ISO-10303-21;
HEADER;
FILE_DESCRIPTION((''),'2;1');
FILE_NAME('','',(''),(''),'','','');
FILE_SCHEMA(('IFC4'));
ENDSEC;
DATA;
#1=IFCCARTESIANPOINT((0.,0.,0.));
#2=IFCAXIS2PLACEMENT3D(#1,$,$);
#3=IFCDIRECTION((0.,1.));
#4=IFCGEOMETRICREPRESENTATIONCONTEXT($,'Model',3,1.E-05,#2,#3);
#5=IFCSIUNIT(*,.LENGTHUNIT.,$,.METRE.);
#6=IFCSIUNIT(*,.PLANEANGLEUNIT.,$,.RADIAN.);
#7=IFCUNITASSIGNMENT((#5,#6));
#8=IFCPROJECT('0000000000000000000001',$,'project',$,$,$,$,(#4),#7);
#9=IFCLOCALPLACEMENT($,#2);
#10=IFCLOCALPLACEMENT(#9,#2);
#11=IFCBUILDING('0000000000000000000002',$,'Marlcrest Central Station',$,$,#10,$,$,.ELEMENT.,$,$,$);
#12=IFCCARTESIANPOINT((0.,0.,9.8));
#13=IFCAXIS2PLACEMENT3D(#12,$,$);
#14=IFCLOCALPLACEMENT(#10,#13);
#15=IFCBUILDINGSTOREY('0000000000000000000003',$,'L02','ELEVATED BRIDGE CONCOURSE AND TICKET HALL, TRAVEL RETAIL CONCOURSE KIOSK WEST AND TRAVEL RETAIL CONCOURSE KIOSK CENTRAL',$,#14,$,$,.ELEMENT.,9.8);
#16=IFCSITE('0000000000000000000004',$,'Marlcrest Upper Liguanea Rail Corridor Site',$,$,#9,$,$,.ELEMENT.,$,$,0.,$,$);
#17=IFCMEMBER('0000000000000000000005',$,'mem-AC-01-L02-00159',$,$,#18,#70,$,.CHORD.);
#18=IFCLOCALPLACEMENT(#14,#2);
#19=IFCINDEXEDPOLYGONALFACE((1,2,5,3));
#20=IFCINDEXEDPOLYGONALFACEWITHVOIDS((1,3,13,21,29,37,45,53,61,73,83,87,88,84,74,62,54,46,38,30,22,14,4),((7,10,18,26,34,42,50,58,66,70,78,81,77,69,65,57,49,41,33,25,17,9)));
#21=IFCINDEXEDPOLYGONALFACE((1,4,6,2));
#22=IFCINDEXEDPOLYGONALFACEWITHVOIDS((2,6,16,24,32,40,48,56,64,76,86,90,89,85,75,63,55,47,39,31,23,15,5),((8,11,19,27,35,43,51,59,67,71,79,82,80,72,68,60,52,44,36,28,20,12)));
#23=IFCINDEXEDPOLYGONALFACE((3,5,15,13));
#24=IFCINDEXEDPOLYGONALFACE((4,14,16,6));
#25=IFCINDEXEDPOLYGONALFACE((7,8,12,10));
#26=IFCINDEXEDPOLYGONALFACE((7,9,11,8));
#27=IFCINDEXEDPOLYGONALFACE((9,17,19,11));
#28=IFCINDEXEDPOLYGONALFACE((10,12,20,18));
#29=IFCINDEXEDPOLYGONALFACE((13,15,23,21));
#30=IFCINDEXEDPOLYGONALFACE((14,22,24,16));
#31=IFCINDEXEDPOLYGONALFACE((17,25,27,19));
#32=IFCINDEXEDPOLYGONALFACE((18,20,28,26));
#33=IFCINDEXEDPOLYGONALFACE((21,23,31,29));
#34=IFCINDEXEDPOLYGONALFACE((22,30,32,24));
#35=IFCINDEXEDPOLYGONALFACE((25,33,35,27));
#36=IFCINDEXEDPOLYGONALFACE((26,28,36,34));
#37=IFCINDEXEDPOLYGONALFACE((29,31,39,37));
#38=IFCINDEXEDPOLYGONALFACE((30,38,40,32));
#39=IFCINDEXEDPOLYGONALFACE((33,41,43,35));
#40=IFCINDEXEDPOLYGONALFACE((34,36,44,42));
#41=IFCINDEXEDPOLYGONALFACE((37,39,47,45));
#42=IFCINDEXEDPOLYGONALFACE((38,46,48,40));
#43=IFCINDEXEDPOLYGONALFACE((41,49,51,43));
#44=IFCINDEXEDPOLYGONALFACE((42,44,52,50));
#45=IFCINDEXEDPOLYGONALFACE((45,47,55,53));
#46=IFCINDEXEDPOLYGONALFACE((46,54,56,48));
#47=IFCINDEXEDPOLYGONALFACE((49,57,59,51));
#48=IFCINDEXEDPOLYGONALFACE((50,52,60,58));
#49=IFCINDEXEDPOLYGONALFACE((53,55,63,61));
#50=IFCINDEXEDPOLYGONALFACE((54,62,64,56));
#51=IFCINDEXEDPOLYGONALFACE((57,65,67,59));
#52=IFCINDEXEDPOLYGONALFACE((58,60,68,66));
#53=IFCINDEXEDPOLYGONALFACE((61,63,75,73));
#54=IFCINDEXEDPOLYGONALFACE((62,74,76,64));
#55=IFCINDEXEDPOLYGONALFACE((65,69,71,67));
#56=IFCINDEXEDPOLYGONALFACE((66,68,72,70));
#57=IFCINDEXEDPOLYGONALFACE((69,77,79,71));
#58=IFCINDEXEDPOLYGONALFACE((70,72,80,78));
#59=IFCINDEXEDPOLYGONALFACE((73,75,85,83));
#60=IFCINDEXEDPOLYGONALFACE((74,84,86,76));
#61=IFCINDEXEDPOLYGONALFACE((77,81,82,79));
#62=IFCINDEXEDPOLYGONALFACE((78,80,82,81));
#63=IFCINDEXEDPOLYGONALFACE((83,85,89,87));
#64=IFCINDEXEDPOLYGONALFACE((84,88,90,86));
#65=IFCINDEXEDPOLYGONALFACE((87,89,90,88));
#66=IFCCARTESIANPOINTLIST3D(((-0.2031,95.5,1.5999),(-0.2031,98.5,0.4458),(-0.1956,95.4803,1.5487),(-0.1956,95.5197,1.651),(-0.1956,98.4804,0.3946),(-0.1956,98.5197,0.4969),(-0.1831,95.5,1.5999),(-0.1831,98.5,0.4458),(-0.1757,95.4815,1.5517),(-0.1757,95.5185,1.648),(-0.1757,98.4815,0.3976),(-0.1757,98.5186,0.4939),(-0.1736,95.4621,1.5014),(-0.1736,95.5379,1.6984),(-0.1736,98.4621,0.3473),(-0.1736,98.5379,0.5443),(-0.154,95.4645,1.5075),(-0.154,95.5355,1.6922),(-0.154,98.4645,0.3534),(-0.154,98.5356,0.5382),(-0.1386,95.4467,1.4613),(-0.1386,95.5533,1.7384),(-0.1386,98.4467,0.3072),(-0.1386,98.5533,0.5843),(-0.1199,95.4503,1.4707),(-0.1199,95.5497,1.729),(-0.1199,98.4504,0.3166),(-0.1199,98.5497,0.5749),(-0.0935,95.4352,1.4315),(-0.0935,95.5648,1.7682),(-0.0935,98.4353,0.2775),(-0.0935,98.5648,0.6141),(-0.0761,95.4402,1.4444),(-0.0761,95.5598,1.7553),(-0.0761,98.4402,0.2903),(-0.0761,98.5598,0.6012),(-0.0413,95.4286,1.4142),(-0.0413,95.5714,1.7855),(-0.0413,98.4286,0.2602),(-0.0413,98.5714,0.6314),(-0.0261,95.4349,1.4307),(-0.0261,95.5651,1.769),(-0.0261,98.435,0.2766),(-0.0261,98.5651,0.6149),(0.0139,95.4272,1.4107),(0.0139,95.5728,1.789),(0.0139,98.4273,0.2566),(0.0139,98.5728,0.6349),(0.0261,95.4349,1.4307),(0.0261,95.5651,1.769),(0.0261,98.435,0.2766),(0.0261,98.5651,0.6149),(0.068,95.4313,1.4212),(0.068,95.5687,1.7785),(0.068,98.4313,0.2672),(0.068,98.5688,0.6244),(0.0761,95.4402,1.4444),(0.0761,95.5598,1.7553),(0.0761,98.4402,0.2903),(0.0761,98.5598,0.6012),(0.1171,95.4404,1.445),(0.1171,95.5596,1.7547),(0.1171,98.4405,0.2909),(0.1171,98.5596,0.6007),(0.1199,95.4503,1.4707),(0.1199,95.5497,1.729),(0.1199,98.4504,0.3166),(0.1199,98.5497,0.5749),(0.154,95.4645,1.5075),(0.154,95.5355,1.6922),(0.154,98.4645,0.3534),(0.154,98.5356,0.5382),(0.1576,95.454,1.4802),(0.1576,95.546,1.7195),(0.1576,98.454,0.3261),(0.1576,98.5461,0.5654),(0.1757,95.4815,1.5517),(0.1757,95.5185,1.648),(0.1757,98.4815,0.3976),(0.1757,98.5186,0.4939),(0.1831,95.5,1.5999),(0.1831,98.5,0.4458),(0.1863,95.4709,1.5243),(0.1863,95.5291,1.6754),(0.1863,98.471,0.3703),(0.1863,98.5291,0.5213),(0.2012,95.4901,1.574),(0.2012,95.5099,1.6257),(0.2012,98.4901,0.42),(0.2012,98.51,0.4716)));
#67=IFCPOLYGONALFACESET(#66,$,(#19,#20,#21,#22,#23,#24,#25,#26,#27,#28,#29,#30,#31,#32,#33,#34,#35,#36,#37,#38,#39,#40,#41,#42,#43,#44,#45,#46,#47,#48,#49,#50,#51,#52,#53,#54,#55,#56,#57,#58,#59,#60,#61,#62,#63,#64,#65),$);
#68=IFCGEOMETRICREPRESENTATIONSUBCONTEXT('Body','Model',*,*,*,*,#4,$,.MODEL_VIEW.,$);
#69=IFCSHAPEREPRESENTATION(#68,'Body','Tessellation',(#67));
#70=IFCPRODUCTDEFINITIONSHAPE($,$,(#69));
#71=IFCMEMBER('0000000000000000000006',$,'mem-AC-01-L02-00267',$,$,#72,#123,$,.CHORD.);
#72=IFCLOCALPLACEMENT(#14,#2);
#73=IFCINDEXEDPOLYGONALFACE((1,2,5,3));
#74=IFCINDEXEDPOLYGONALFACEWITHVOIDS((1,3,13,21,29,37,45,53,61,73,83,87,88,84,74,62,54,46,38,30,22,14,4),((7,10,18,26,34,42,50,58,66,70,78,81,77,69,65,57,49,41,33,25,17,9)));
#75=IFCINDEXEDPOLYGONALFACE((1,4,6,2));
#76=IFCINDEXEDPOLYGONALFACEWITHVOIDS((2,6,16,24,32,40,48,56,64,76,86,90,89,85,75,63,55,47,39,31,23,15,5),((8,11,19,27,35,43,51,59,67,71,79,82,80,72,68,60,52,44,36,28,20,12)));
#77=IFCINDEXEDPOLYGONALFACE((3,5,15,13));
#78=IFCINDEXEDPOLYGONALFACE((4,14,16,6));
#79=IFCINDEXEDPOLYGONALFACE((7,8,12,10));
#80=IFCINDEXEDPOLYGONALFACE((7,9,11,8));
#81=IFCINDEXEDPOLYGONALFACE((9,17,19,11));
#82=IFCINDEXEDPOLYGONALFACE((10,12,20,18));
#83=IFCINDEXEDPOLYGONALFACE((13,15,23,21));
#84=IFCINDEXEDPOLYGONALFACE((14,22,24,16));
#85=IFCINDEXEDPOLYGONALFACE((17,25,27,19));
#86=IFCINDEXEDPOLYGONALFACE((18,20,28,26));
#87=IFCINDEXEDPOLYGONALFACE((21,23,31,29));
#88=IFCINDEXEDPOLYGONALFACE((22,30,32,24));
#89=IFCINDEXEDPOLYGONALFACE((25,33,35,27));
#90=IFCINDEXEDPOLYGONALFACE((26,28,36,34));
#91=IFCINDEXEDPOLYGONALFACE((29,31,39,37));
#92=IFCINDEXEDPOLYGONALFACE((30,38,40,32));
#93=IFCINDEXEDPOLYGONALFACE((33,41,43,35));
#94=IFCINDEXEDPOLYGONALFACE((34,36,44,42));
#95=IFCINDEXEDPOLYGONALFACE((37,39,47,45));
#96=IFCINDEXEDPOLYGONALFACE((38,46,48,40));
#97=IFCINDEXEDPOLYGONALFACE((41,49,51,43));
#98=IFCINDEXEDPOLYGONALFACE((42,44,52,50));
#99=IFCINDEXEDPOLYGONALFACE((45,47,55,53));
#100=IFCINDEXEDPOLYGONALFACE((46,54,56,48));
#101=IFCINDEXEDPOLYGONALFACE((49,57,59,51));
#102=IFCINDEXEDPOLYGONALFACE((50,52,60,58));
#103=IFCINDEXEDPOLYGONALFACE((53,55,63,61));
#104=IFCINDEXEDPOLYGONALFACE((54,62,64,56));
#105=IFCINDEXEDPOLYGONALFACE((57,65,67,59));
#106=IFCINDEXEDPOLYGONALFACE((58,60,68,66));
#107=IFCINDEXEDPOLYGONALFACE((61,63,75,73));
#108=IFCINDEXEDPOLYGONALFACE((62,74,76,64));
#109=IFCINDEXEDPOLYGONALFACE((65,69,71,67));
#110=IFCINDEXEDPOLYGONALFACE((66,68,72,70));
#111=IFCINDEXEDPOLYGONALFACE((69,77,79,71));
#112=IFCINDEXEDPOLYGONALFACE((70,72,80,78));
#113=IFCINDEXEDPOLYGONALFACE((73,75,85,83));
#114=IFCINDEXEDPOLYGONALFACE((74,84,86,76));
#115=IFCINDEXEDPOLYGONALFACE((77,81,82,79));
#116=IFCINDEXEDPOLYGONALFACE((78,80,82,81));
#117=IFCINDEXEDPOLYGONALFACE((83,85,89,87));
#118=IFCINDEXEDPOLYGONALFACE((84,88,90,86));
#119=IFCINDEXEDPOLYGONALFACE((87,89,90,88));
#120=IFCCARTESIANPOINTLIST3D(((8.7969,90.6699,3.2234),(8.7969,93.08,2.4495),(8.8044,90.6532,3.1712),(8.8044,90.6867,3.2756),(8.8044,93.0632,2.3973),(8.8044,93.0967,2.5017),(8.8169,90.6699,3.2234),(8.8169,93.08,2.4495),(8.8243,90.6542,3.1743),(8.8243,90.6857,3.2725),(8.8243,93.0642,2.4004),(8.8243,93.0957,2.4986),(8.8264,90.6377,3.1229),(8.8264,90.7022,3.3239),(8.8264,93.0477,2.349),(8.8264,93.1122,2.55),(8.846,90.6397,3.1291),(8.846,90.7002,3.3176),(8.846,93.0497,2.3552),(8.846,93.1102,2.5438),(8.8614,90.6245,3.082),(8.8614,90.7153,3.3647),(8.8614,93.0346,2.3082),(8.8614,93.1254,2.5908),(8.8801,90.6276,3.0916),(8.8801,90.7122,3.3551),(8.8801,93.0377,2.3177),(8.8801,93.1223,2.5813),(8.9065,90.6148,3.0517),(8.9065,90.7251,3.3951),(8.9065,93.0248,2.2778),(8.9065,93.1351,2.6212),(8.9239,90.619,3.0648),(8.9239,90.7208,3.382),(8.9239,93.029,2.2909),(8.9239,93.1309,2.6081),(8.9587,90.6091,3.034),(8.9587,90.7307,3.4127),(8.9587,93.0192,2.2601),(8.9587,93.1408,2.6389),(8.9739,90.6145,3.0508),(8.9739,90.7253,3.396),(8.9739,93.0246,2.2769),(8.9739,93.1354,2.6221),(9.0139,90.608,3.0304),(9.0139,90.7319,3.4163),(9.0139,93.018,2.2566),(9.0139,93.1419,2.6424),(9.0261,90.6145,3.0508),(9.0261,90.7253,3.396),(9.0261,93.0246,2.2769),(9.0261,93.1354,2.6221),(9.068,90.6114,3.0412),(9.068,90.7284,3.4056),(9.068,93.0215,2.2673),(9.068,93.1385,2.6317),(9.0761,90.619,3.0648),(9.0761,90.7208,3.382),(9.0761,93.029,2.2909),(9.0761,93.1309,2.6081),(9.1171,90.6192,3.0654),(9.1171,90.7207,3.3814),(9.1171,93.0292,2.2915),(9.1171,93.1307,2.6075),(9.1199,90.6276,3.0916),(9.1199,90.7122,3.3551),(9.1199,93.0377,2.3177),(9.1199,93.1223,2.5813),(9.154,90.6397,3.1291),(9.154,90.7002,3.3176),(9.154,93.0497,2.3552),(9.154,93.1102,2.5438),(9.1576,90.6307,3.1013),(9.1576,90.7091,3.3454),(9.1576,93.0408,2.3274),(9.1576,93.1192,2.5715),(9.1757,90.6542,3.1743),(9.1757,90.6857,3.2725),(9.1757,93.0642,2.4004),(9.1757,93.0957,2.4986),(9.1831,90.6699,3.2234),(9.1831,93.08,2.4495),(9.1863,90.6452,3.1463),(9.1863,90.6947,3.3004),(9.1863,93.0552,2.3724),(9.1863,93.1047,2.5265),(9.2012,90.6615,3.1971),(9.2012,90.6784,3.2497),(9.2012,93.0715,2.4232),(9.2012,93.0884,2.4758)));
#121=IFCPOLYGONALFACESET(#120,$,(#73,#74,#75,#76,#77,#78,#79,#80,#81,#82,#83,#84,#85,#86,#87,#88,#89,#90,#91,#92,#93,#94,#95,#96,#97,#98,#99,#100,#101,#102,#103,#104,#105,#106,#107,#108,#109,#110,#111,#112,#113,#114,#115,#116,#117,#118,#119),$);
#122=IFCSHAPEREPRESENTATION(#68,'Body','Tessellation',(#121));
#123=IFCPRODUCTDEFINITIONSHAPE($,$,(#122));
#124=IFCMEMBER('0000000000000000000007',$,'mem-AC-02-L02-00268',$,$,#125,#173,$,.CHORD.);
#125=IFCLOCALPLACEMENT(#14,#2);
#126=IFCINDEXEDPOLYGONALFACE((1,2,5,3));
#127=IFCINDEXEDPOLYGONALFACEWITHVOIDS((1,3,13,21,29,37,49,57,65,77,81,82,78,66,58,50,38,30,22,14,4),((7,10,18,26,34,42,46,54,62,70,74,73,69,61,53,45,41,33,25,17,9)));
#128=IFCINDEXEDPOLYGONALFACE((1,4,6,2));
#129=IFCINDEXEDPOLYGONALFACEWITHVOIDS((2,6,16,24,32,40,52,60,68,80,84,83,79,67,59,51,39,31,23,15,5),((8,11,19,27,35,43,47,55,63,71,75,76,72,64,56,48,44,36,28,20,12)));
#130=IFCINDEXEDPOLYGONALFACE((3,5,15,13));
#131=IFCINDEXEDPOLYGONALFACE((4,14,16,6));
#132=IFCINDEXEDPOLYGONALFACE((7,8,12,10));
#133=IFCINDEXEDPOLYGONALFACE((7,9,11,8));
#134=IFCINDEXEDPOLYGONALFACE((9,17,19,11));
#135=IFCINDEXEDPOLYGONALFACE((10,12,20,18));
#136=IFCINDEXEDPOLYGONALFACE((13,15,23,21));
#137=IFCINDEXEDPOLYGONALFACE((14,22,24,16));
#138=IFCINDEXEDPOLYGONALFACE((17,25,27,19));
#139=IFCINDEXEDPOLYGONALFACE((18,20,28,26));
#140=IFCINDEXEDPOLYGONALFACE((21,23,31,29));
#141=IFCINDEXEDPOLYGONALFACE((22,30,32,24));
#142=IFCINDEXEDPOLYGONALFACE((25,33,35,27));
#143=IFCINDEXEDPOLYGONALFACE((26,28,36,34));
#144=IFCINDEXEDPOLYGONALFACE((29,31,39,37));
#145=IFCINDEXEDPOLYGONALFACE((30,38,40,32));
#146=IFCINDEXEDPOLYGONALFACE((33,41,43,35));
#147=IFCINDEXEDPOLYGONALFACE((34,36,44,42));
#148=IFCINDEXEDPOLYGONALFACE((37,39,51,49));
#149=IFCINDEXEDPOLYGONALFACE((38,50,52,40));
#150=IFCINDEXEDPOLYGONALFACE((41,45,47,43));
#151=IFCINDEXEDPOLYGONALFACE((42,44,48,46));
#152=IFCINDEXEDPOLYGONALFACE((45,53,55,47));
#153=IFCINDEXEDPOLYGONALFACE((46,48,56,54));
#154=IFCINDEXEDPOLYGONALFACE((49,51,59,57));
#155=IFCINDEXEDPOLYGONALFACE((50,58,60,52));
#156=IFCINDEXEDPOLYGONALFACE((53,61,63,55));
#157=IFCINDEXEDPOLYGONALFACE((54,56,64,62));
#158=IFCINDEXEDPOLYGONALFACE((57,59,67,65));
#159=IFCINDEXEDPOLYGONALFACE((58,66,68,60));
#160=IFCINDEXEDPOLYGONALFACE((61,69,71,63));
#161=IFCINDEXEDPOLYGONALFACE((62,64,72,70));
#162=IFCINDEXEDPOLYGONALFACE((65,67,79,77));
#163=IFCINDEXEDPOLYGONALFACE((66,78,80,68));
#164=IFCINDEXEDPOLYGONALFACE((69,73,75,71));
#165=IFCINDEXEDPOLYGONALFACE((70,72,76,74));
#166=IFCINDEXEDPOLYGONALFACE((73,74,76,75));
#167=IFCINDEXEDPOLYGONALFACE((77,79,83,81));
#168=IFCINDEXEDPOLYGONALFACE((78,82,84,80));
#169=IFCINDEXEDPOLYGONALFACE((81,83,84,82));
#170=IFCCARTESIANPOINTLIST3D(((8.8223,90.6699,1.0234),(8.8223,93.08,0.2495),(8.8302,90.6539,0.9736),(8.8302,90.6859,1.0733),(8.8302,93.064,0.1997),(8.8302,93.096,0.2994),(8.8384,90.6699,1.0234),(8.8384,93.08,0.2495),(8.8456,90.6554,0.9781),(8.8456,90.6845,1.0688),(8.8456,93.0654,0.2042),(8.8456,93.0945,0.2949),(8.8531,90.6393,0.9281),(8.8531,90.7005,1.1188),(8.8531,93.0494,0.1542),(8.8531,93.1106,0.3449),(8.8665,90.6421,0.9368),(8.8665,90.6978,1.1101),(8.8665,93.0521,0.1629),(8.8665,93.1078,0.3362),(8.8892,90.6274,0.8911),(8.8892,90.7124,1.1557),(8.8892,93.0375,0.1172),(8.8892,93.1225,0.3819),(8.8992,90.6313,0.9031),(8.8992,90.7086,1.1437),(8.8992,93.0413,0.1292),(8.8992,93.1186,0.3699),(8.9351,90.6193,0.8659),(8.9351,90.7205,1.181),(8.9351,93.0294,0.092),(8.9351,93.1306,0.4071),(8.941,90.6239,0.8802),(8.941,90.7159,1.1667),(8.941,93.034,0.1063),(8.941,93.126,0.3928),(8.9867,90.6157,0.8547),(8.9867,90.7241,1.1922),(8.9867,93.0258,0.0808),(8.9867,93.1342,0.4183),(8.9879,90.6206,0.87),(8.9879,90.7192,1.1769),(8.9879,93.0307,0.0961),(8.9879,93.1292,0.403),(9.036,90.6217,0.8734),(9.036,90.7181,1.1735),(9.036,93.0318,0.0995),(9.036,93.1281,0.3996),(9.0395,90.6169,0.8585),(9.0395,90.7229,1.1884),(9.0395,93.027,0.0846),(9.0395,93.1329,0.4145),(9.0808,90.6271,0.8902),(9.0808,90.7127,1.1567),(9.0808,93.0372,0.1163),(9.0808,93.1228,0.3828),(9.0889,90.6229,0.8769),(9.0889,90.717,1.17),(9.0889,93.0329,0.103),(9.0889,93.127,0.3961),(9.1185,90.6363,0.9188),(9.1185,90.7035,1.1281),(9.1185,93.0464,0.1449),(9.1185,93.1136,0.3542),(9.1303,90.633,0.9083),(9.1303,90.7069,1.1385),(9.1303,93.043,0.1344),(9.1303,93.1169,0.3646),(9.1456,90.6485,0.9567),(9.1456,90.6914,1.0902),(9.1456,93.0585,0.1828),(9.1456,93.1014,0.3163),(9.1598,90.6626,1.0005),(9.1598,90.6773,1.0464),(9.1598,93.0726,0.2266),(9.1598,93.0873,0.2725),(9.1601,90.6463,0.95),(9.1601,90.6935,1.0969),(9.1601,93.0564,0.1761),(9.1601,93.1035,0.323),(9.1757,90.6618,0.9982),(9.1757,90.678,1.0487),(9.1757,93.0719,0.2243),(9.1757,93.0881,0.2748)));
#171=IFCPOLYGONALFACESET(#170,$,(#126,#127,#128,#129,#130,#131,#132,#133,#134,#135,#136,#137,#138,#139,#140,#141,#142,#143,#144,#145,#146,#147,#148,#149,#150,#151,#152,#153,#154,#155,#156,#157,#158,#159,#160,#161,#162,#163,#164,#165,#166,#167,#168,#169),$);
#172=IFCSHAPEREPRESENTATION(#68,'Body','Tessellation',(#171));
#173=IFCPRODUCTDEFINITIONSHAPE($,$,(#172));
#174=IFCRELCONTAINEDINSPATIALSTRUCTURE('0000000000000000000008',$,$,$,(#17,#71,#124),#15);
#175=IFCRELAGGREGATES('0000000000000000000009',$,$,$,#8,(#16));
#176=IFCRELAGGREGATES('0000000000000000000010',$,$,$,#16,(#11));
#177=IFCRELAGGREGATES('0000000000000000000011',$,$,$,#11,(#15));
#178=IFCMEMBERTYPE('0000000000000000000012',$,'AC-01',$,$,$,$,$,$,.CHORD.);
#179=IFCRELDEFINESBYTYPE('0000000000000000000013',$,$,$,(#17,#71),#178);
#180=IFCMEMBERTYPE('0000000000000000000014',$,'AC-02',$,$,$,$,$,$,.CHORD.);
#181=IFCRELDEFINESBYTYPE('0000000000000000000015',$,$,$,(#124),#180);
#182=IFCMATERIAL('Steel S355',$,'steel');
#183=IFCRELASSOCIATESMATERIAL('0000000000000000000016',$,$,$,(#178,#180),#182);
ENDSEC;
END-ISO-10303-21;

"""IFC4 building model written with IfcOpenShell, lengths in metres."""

from ifc_helpers import new_model, si_unit, direction, frame, origin, origin_2d, place, context, subcontext, project, spatial, hollow_circle, extrude, material, material_profile, profile_set, type_object, element, save


model = new_model("IFC4")

# Units and contexts
model_context = context("Model", 3, precision=1e-05, world=origin(), true_north=direction((0.0, 1.0)))
body_context = subcontext(model_context, "Body", "Model", "MODEL_VIEW")
ifc_project = project(units=[si_unit("LENGTHUNIT", "METRE"), si_unit("PLANEANGLEUNIT", "RADIAN")], contexts=[model_context])

# Site, building, storey
site_placement = place(None, origin())
site = spatial("IfcSite", under=ifc_project, at=site_placement, Name="Marlcrest Upper Liguanea Rail Corridor Site", CompositionType="ELEMENT", RefElevation=0.0)
building_placement = place(site_placement, origin())
building = spatial("IfcBuilding", under=site, at=building_placement, Name="Marlcrest Central Station", CompositionType="ELEMENT")
storey_placement = place(building_placement, frame((0.0, 0.0, 9.8)))
storey = spatial("IfcBuildingStorey", under=building, at=storey_placement, Name="L02", Description="ELEVATED BRIDGE CONCOURSE AND TICKET HALL, TRAVEL RETAIL CONCOURSE KIOSK WEST AND TRAVEL RETAIL CONCOURSE KIOSK CENTRAL", CompositionType="ELEMENT", Elevation=9.8)

# Members
ifc_material_1 = material(Name="Steel S355", Category="steel")
ifc_material_profile_1 = material_profile(ifc_material_1, hollow_circle(Radius=0.2031, WallThickness=0.02, at=origin_2d()), Name="CHS 406.4x20")
ifc_profile_set_1 = profile_set([ifc_material_profile_1], Name="Steel S355")
member_type_1 = type_object("IfcMemberType", Name="AC-01", PredefinedType="CHORD", material=ifc_profile_set_1)
member_1_placement = place(storey_placement, frame((0.0, 95.5, 1.5999), z_axis=(0.0, 0.933324, -0.359035), x_axis=(-1.0, 0.0, 0.0)))
element("IfcMember", 1, at=member_1_placement, inside=storey, type_object=member_type_1, Name="mem-AC-01-L02-00159", PredefinedType="CHORD", context=body_context, shape_type="SweptSolid", body=[
    extrude(hollow_circle(Radius=0.2031, WallThickness=0.02, at=origin_2d()), origin(), (0.0, 0.0, 1.0), 3.2144),
])
member_2_placement = place(storey_placement, frame((9.0, 90.6699, 3.2234), z_axis=(0.0, 0.952117, -0.305734), x_axis=(-1.0, 0.0, 0.0)))
element("IfcMember", 2, at=member_2_placement, inside=storey, type_object=member_type_1, Name="mem-AC-01-L02-00267", PredefinedType="CHORD", context=body_context, shape_type="SweptSolid", body=[
    extrude(hollow_circle(Radius=0.2031, WallThickness=0.02, at=origin_2d()), origin(), (0.0, 0.0, 1.0), 2.5312),
])
ifc_material_profile_2 = material_profile(ifc_material_1, hollow_circle(Radius=0.1777, WallThickness=0.0161, at=origin_2d()), Name="CHS 355.6x16")
ifc_profile_set_2 = profile_set([ifc_material_profile_2], Name="Steel S355")
member_type_2 = type_object("IfcMemberType", Name="AC-02", PredefinedType="CHORD", material=ifc_profile_set_2)
member_3_placement = place(storey_placement, frame((9.0, 90.6699, 1.0234), z_axis=(0.0, 0.952117, -0.305734), x_axis=(-1.0, 0.0, 0.0)))
element("IfcMember", 3, at=member_3_placement, inside=storey, type_object=member_type_2, Name="mem-AC-02-L02-00268", PredefinedType="CHORD", context=body_context, shape_type="SweptSolid", body=[
    extrude(hollow_circle(Radius=0.1777, WallThickness=0.0161, at=origin_2d()), origin(), (0.0, 0.0, 1.0), 2.5312),
])

save(model, "model.ifc")
